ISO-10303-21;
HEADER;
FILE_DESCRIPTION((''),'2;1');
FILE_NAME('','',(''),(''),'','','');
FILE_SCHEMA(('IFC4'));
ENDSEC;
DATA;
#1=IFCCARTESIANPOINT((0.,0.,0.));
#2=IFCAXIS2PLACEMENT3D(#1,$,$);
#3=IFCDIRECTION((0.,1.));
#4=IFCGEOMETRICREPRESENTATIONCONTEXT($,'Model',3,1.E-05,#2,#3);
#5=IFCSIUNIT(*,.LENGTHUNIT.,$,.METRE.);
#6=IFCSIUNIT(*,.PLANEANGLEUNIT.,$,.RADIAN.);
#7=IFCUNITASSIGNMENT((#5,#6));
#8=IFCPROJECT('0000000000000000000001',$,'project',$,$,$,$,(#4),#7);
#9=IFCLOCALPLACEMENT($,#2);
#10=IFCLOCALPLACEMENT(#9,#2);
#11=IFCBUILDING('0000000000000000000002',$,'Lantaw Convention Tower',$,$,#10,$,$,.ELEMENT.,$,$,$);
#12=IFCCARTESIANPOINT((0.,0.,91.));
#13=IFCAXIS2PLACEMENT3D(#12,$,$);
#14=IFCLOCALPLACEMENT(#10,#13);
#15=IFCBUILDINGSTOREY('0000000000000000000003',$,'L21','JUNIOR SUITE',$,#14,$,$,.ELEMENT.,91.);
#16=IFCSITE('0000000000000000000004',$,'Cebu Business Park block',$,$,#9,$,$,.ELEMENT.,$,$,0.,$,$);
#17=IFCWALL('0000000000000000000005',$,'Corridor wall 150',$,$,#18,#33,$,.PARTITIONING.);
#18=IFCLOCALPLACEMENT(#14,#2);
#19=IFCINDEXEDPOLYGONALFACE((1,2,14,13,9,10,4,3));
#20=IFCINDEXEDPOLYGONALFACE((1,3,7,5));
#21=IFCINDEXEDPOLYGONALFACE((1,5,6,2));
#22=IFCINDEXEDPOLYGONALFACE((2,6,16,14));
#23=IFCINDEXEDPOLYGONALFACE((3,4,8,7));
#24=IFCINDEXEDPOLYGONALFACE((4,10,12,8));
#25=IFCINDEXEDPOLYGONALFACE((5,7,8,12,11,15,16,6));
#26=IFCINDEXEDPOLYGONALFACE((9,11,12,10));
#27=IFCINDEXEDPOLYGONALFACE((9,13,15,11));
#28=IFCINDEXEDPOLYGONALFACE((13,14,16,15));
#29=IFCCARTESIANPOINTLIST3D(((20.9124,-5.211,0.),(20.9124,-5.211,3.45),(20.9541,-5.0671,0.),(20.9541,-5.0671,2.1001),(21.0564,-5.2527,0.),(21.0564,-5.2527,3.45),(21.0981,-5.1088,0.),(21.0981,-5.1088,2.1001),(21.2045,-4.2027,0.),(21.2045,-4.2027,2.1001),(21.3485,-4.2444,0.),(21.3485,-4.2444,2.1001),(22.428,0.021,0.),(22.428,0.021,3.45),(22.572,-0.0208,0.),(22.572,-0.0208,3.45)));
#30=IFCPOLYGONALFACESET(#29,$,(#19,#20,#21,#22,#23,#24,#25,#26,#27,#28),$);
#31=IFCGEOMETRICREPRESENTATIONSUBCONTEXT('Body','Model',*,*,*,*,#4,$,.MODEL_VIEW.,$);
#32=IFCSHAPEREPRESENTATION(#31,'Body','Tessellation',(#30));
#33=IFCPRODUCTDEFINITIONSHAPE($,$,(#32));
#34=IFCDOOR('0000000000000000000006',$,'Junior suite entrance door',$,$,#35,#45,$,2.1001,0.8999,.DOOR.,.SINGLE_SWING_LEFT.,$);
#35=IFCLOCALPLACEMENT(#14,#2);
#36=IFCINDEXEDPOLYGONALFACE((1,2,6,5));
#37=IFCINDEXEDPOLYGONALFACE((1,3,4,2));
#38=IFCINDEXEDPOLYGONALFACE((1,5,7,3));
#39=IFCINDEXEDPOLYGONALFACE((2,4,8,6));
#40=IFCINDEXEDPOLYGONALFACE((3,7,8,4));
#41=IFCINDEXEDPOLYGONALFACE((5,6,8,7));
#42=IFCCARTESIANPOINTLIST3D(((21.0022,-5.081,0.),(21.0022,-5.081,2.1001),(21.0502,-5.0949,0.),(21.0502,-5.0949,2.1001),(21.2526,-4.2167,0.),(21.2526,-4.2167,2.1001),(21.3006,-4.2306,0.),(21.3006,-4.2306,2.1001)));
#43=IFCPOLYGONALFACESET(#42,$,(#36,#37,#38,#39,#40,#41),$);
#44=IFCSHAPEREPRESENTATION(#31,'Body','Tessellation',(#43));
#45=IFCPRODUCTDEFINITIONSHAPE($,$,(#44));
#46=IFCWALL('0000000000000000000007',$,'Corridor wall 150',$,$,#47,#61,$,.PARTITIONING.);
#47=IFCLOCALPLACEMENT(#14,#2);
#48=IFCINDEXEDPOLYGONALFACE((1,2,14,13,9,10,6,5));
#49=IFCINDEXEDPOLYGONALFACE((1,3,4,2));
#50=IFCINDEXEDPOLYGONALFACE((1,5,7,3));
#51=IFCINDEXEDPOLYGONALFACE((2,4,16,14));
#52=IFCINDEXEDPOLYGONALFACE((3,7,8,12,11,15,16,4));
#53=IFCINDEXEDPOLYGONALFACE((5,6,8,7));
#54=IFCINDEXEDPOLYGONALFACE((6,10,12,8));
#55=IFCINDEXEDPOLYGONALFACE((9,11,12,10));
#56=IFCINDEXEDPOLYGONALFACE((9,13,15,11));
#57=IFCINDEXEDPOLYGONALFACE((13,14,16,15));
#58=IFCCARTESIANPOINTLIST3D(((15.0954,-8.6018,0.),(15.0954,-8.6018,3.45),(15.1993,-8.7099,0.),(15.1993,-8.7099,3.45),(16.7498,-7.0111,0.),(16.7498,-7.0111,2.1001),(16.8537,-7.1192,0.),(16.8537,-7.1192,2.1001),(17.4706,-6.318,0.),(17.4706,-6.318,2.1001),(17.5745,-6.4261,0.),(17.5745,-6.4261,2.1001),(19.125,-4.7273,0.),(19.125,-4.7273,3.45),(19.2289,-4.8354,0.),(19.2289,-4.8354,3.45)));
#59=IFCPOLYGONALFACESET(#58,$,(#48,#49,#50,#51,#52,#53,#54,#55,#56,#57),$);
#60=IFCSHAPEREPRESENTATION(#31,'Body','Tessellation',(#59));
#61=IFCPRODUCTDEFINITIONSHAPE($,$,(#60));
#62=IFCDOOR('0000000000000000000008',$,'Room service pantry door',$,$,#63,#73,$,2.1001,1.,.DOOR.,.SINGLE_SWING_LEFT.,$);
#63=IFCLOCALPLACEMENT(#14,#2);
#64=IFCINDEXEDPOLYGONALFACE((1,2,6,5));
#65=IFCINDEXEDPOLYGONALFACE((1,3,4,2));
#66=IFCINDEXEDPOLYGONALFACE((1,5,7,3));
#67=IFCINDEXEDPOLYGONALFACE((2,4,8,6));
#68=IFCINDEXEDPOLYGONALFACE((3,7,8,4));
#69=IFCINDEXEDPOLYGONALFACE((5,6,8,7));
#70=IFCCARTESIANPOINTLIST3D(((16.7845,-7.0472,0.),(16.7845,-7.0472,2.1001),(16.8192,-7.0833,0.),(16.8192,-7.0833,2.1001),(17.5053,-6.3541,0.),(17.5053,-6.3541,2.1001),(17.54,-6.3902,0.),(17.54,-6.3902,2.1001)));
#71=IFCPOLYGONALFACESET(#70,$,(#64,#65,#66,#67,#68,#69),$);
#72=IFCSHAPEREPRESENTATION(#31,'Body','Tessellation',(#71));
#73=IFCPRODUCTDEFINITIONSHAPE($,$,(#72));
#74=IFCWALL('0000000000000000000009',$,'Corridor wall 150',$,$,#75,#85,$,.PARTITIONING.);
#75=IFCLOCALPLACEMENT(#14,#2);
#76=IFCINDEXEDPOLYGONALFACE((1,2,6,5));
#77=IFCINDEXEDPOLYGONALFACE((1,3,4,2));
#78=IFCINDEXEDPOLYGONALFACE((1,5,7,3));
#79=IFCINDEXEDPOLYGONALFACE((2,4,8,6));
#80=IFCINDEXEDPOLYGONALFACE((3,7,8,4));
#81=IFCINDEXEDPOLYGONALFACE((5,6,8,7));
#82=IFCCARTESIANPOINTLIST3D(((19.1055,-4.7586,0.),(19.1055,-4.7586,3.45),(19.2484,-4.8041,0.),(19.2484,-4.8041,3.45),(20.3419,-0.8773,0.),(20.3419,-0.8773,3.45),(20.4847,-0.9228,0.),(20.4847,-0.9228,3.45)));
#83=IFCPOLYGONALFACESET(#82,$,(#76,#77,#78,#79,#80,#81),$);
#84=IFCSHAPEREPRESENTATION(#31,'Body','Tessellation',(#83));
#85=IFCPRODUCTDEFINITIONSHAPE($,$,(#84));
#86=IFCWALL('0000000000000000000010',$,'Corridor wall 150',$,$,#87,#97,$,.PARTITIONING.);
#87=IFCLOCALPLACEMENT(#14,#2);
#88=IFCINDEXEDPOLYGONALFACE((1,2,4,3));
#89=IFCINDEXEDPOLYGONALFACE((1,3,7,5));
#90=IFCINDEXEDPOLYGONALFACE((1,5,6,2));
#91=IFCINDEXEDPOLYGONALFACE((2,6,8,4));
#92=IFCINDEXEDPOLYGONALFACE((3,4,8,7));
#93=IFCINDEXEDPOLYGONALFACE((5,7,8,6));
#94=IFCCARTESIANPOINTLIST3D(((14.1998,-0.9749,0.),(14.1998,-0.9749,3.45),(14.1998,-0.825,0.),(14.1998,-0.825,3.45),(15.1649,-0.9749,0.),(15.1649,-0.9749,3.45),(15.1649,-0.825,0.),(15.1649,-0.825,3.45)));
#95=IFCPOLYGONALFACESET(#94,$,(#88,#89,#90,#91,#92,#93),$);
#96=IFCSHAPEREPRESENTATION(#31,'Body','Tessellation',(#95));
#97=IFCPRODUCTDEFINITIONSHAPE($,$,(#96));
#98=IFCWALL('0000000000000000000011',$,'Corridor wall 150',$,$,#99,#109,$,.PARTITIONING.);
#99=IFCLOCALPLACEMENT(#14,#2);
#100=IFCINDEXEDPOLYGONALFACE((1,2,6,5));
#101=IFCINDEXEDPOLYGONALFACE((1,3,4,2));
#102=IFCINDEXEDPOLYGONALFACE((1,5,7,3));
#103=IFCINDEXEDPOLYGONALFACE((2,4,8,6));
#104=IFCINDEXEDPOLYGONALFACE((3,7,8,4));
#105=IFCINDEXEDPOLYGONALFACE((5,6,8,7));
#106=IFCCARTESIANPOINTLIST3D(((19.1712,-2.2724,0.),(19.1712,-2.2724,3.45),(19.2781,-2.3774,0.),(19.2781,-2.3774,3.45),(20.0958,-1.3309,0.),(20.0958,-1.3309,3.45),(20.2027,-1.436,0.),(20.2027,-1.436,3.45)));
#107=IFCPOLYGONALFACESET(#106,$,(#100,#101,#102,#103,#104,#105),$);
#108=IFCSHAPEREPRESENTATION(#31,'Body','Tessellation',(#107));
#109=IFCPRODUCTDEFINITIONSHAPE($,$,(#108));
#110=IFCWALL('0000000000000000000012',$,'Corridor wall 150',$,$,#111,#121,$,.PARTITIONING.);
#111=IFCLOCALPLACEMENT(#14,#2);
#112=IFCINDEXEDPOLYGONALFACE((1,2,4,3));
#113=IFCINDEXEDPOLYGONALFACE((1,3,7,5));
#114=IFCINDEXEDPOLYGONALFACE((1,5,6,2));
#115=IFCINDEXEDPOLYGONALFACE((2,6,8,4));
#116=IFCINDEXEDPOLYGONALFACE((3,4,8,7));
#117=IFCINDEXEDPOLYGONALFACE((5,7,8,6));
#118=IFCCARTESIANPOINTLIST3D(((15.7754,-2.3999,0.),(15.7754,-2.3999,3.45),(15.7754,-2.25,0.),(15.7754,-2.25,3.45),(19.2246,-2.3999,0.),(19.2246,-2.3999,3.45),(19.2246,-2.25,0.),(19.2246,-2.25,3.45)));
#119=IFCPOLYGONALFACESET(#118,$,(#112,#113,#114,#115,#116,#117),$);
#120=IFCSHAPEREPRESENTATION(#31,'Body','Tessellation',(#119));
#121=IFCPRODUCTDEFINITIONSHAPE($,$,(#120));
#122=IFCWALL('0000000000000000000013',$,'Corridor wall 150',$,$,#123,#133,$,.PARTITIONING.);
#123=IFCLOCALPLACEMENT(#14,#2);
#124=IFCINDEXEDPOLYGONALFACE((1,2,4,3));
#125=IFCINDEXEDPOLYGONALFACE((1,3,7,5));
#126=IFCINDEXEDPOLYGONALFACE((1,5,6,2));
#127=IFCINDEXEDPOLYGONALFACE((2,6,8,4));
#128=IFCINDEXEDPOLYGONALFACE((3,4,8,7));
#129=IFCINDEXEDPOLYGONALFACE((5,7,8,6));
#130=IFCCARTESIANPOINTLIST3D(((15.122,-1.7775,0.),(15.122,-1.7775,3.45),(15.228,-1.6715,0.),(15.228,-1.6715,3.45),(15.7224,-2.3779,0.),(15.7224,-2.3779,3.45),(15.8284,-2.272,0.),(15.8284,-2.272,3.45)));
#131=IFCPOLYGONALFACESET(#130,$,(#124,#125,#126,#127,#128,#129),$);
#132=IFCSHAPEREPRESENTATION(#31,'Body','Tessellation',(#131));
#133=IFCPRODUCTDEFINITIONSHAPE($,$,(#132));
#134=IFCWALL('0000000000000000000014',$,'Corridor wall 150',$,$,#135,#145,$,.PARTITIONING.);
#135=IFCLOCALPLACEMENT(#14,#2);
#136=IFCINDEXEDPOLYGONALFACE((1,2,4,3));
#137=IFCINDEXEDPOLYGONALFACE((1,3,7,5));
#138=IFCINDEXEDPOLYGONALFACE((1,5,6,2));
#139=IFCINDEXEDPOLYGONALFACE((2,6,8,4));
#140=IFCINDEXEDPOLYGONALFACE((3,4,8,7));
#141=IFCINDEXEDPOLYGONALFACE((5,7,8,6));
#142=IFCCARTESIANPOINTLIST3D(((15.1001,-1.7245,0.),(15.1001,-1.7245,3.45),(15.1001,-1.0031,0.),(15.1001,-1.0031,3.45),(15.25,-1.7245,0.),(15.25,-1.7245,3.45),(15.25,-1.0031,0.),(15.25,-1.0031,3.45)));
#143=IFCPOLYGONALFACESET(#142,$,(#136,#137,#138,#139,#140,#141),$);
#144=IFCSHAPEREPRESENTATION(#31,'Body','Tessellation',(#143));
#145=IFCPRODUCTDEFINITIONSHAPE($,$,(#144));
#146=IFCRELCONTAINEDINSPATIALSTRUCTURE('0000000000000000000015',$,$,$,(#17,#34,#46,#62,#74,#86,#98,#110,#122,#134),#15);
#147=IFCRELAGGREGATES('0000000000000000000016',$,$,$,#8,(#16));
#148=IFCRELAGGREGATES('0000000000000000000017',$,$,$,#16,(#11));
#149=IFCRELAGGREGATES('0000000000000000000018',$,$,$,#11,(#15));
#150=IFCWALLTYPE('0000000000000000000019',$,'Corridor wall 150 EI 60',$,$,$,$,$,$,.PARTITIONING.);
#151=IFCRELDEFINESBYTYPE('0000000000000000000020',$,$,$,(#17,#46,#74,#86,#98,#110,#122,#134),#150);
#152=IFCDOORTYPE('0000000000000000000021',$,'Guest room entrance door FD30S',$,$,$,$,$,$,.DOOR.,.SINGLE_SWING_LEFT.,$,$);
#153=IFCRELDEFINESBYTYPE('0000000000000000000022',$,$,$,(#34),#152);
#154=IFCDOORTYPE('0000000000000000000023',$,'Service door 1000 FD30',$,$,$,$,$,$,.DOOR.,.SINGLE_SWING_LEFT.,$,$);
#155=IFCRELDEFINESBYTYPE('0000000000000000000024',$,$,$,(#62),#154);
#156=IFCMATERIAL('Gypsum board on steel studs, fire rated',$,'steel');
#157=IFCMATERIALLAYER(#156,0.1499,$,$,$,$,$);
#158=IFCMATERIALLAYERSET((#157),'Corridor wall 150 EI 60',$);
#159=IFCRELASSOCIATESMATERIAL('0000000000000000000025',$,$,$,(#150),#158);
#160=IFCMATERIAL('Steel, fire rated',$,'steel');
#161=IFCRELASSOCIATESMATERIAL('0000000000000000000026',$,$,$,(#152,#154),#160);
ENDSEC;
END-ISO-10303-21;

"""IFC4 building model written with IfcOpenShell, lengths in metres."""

from ifc_helpers import new_model, si_unit, direction, frame, frame_2d, origin, place, context, subcontext, project, spatial, rectangle, extrude, material, layer, layer_set, type_object, element, fill, save


model = new_model("IFC4")

# Units and contexts
model_context = context("Model", 3, precision=1e-05, world=origin(), true_north=direction((0.0, 1.0)))
body_context = subcontext(model_context, "Body", "Model", "MODEL_VIEW")
ifc_project = project(units=[si_unit("LENGTHUNIT", "METRE"), si_unit("PLANEANGLEUNIT", "RADIAN")], contexts=[model_context])

# Site, building, storey
site_placement = place(None, origin())
site = spatial("IfcSite", under=ifc_project, at=site_placement, Name="Cebu Business Park block", CompositionType="ELEMENT", RefElevation=0.0)
building_placement = place(site_placement, origin())
building = spatial("IfcBuilding", under=site, at=building_placement, Name="Lantaw Convention Tower", CompositionType="ELEMENT")
storey_placement = place(building_placement, frame((0.0, 0.0, 91.0)))
storey = spatial("IfcBuildingStorey", under=building, at=storey_placement, Name="L21", Description="JUNIOR SUITE", CompositionType="ELEMENT", Elevation=91.0)

# Shared definitions
ifc_material_1 = material(Name="Gypsum board on steel studs, fire rated", Category="steel")
ifc_layer_1 = layer(ifc_material_1, 0.1499)
ifc_layer_set_1 = layer_set([ifc_layer_1], Name="Corridor wall 150 EI 60")
wall_type_1 = type_object("IfcWallType", Name="Corridor wall 150 EI 60", PredefinedType="PARTITIONING", material=ifc_layer_set_1)

# Walls, openings, doors
wall_1_placement = place(storey_placement, frame((20.9844, -5.2319, 0.0), z_axis=(0.0, 0.0, 1.0), x_axis=(0.278247, 0.960509, 0.0)))
wall_1 = element("IfcWall", 1, at=wall_1_placement, inside=storey, type_object=wall_type_1, Name="Corridor wall 150", PredefinedType="PARTITIONING", context=body_context, shape_type="SweptSolid", body=[
    extrude(rectangle(XDim=5.447, YDim=0.1499, at=frame_2d((2.7236, 0.0))), origin(), (0.0, 0.0, 1.0), 3.45),
])
opening_1_placement = place(wall_1_placement, frame((0.1499, 0.0, 0.0)))
opening_1 = element("IfcOpeningElement", 2, at=opening_1_placement, cuts=wall_1, PredefinedType="OPENING", context=body_context, shape_type="SweptSolid", body=[
    extrude(rectangle(XDim=0.8999, YDim=2.1001, at=frame_2d((0.45, 1.05))), frame((0.0, 0.085, 0.0), z_axis=(0.0, -1.0, 0.0), x_axis=(1.0, 0.0, 0.0)), (0.0, 0.0, 1.0), 0.1699),
])
ifc_material_2 = material(Name="Steel, fire rated", Category="steel")
door_type_1 = type_object("IfcDoorType", Name="Guest room entrance door FD30S", OperationType="SINGLE_SWING_LEFT", PredefinedType="DOOR", material=ifc_material_2)
door_1_placement = place(opening_1_placement, origin())
door_1 = element("IfcDoor", 3, at=door_1_placement, inside=storey, type_object=door_type_1, Name="Junior suite entrance door", OperationType="SINGLE_SWING_LEFT", OverallHeight=2.1001, OverallWidth=0.8999, PredefinedType="DOOR", context=body_context, shape_type="SweptSolid", body=[
    extrude(rectangle(XDim=0.8999, YDim=2.1001, at=frame_2d((0.45, 1.05))), frame((0.0, 0.0249, 0.0), z_axis=(0.0, -1.0, 0.0), x_axis=(1.0, 0.0, 0.0)), (0.0, 0.0, 1.0), 0.05),
])
fill(opening_1, door_1)
wall_2_placement = place(storey_placement, frame((15.1475, -8.6558, 0.0), z_axis=(0.0, 0.0, 1.0), x_axis=(0.720837, 0.693104, 0.0)))
wall_2 = element("IfcWall", 4, at=wall_2_placement, inside=storey, type_object=wall_type_1, Name="Corridor wall 150", PredefinedType="PARTITIONING", context=body_context, shape_type="SweptSolid", body=[
    extrude(rectangle(XDim=5.5901, YDim=0.1499, at=frame_2d((2.7949, 0.0))), origin(), (0.0, 0.0, 1.0), 3.45),
])
opening_2_placement = place(wall_2_placement, frame((2.2949, 0.0, 0.0)))
opening_2 = element("IfcOpeningElement", 5, at=opening_2_placement, cuts=wall_2, PredefinedType="OPENING", context=body_context, shape_type="SweptSolid", body=[
    extrude(rectangle(XDim=1.0, YDim=2.1001, at=frame_2d((0.5, 1.05))), frame((0.0, 0.085, 0.0), z_axis=(0.0, -1.0, 0.0), x_axis=(1.0, 0.0, 0.0)), (0.0, 0.0, 1.0), 0.1699),
])
door_type_2 = type_object("IfcDoorType", Name="Service door 1000 FD30", OperationType="SINGLE_SWING_LEFT", PredefinedType="DOOR", material=ifc_material_2)
door_2_placement = place(opening_2_placement, origin())
door_2 = element("IfcDoor", 6, at=door_2_placement, inside=storey, type_object=door_type_2, Name="Room service pantry door", OperationType="SINGLE_SWING_LEFT", OverallHeight=2.1001, OverallWidth=1.0, PredefinedType="DOOR", context=body_context, shape_type="SweptSolid", body=[
    extrude(rectangle(XDim=1.0, YDim=2.1001, at=frame_2d((0.5, 1.05))), frame((0.0, 0.0249, 0.0), z_axis=(0.0, -1.0, 0.0), x_axis=(1.0, 0.0, 0.0)), (0.0, 0.0, 1.0), 0.05),
])
fill(opening_2, door_2)

# Walls
wall_3_placement = place(storey_placement, frame((19.177, -4.7812, 0.0), z_axis=(0.0, 0.0, 1.0), x_axis=(0.303505, 0.95283, 0.0)))
element("IfcWall", 7, at=wall_3_placement, inside=storey, type_object=wall_type_1, Name="Corridor wall 150", PredefinedType="PARTITIONING", context=body_context, shape_type="SweptSolid", body=[
    extrude(rectangle(XDim=4.0735, YDim=0.1499, at=frame_2d((2.0366, 0.0))), origin(), (0.0, 0.0, 1.0), 3.45),
])
wall_4_placement = place(storey_placement, frame((14.2, -0.8999, 0.0), z_axis=(0.0, 0.0, 1.0), x_axis=(1.0, 0.0, 0.0)))
element("IfcWall", 8, at=wall_4_placement, inside=storey, type_object=wall_type_1, Name="Corridor wall 150", PredefinedType="PARTITIONING", context=body_context, shape_type="SweptSolid", body=[
    extrude(rectangle(XDim=0.9651, YDim=0.1499, at=frame_2d((0.4824, 0.0))), origin(), (0.0, 0.0, 1.0), 3.45),
])
wall_5_placement = place(storey_placement, frame((20.1492, -1.3835, 0.0), z_axis=(0.0, 0.0, 1.0), x_axis=(-0.700695, -0.713461, 0.0)))
element("IfcWall", 9, at=wall_5_placement, inside=storey, type_object=wall_type_1, Name="Corridor wall 150", PredefinedType="PARTITIONING", context=body_context, shape_type="SweptSolid", body=[
    extrude(rectangle(XDim=1.3196, YDim=0.1499, at=frame_2d((0.6597, 0.0))), origin(), (0.0, 0.0, 1.0), 3.45),
])
wall_6_placement = place(storey_placement, frame((19.2246, -2.325, 0.0), z_axis=(0.0, 0.0, 1.0), x_axis=(-1.0, 0.0, 0.0)))
element("IfcWall", 10, at=wall_6_placement, inside=storey, type_object=wall_type_1, Name="Corridor wall 150", PredefinedType="PARTITIONING", context=body_context, shape_type="SweptSolid", body=[
    extrude(rectangle(XDim=3.4492, YDim=0.1499, at=frame_2d((1.7246, 0.0))), origin(), (0.0, 0.0, 1.0), 3.45),
])
wall_7_placement = place(storey_placement, frame((15.7754, -2.325, 0.0), z_axis=(0.0, 0.0, 1.0), x_axis=(-0.707107, 0.707107, 0.0)))
element("IfcWall", 11, at=wall_7_placement, inside=storey, type_object=wall_type_1, Name="Corridor wall 150", PredefinedType="PARTITIONING", context=body_context, shape_type="SweptSolid", body=[
    extrude(rectangle(XDim=0.8491, YDim=0.1499, at=frame_2d((0.4246, 0.0))), origin(), (0.0, 0.0, 1.0), 3.45),
])
wall_8_placement = place(storey_placement, frame((15.175, -1.7246, 0.0), z_axis=(0.0, 0.0, 1.0), x_axis=(0.0, 1.0, 0.0)))
element("IfcWall", 12, at=wall_8_placement, inside=storey, type_object=wall_type_1, Name="Corridor wall 150", PredefinedType="PARTITIONING", context=body_context, shape_type="SweptSolid", body=[
    extrude(rectangle(XDim=0.7214, YDim=0.1499, at=frame_2d((0.3608, 0.0))), origin(), (0.0, 0.0, 1.0), 3.45),
])

save(model, "model.ifc")
